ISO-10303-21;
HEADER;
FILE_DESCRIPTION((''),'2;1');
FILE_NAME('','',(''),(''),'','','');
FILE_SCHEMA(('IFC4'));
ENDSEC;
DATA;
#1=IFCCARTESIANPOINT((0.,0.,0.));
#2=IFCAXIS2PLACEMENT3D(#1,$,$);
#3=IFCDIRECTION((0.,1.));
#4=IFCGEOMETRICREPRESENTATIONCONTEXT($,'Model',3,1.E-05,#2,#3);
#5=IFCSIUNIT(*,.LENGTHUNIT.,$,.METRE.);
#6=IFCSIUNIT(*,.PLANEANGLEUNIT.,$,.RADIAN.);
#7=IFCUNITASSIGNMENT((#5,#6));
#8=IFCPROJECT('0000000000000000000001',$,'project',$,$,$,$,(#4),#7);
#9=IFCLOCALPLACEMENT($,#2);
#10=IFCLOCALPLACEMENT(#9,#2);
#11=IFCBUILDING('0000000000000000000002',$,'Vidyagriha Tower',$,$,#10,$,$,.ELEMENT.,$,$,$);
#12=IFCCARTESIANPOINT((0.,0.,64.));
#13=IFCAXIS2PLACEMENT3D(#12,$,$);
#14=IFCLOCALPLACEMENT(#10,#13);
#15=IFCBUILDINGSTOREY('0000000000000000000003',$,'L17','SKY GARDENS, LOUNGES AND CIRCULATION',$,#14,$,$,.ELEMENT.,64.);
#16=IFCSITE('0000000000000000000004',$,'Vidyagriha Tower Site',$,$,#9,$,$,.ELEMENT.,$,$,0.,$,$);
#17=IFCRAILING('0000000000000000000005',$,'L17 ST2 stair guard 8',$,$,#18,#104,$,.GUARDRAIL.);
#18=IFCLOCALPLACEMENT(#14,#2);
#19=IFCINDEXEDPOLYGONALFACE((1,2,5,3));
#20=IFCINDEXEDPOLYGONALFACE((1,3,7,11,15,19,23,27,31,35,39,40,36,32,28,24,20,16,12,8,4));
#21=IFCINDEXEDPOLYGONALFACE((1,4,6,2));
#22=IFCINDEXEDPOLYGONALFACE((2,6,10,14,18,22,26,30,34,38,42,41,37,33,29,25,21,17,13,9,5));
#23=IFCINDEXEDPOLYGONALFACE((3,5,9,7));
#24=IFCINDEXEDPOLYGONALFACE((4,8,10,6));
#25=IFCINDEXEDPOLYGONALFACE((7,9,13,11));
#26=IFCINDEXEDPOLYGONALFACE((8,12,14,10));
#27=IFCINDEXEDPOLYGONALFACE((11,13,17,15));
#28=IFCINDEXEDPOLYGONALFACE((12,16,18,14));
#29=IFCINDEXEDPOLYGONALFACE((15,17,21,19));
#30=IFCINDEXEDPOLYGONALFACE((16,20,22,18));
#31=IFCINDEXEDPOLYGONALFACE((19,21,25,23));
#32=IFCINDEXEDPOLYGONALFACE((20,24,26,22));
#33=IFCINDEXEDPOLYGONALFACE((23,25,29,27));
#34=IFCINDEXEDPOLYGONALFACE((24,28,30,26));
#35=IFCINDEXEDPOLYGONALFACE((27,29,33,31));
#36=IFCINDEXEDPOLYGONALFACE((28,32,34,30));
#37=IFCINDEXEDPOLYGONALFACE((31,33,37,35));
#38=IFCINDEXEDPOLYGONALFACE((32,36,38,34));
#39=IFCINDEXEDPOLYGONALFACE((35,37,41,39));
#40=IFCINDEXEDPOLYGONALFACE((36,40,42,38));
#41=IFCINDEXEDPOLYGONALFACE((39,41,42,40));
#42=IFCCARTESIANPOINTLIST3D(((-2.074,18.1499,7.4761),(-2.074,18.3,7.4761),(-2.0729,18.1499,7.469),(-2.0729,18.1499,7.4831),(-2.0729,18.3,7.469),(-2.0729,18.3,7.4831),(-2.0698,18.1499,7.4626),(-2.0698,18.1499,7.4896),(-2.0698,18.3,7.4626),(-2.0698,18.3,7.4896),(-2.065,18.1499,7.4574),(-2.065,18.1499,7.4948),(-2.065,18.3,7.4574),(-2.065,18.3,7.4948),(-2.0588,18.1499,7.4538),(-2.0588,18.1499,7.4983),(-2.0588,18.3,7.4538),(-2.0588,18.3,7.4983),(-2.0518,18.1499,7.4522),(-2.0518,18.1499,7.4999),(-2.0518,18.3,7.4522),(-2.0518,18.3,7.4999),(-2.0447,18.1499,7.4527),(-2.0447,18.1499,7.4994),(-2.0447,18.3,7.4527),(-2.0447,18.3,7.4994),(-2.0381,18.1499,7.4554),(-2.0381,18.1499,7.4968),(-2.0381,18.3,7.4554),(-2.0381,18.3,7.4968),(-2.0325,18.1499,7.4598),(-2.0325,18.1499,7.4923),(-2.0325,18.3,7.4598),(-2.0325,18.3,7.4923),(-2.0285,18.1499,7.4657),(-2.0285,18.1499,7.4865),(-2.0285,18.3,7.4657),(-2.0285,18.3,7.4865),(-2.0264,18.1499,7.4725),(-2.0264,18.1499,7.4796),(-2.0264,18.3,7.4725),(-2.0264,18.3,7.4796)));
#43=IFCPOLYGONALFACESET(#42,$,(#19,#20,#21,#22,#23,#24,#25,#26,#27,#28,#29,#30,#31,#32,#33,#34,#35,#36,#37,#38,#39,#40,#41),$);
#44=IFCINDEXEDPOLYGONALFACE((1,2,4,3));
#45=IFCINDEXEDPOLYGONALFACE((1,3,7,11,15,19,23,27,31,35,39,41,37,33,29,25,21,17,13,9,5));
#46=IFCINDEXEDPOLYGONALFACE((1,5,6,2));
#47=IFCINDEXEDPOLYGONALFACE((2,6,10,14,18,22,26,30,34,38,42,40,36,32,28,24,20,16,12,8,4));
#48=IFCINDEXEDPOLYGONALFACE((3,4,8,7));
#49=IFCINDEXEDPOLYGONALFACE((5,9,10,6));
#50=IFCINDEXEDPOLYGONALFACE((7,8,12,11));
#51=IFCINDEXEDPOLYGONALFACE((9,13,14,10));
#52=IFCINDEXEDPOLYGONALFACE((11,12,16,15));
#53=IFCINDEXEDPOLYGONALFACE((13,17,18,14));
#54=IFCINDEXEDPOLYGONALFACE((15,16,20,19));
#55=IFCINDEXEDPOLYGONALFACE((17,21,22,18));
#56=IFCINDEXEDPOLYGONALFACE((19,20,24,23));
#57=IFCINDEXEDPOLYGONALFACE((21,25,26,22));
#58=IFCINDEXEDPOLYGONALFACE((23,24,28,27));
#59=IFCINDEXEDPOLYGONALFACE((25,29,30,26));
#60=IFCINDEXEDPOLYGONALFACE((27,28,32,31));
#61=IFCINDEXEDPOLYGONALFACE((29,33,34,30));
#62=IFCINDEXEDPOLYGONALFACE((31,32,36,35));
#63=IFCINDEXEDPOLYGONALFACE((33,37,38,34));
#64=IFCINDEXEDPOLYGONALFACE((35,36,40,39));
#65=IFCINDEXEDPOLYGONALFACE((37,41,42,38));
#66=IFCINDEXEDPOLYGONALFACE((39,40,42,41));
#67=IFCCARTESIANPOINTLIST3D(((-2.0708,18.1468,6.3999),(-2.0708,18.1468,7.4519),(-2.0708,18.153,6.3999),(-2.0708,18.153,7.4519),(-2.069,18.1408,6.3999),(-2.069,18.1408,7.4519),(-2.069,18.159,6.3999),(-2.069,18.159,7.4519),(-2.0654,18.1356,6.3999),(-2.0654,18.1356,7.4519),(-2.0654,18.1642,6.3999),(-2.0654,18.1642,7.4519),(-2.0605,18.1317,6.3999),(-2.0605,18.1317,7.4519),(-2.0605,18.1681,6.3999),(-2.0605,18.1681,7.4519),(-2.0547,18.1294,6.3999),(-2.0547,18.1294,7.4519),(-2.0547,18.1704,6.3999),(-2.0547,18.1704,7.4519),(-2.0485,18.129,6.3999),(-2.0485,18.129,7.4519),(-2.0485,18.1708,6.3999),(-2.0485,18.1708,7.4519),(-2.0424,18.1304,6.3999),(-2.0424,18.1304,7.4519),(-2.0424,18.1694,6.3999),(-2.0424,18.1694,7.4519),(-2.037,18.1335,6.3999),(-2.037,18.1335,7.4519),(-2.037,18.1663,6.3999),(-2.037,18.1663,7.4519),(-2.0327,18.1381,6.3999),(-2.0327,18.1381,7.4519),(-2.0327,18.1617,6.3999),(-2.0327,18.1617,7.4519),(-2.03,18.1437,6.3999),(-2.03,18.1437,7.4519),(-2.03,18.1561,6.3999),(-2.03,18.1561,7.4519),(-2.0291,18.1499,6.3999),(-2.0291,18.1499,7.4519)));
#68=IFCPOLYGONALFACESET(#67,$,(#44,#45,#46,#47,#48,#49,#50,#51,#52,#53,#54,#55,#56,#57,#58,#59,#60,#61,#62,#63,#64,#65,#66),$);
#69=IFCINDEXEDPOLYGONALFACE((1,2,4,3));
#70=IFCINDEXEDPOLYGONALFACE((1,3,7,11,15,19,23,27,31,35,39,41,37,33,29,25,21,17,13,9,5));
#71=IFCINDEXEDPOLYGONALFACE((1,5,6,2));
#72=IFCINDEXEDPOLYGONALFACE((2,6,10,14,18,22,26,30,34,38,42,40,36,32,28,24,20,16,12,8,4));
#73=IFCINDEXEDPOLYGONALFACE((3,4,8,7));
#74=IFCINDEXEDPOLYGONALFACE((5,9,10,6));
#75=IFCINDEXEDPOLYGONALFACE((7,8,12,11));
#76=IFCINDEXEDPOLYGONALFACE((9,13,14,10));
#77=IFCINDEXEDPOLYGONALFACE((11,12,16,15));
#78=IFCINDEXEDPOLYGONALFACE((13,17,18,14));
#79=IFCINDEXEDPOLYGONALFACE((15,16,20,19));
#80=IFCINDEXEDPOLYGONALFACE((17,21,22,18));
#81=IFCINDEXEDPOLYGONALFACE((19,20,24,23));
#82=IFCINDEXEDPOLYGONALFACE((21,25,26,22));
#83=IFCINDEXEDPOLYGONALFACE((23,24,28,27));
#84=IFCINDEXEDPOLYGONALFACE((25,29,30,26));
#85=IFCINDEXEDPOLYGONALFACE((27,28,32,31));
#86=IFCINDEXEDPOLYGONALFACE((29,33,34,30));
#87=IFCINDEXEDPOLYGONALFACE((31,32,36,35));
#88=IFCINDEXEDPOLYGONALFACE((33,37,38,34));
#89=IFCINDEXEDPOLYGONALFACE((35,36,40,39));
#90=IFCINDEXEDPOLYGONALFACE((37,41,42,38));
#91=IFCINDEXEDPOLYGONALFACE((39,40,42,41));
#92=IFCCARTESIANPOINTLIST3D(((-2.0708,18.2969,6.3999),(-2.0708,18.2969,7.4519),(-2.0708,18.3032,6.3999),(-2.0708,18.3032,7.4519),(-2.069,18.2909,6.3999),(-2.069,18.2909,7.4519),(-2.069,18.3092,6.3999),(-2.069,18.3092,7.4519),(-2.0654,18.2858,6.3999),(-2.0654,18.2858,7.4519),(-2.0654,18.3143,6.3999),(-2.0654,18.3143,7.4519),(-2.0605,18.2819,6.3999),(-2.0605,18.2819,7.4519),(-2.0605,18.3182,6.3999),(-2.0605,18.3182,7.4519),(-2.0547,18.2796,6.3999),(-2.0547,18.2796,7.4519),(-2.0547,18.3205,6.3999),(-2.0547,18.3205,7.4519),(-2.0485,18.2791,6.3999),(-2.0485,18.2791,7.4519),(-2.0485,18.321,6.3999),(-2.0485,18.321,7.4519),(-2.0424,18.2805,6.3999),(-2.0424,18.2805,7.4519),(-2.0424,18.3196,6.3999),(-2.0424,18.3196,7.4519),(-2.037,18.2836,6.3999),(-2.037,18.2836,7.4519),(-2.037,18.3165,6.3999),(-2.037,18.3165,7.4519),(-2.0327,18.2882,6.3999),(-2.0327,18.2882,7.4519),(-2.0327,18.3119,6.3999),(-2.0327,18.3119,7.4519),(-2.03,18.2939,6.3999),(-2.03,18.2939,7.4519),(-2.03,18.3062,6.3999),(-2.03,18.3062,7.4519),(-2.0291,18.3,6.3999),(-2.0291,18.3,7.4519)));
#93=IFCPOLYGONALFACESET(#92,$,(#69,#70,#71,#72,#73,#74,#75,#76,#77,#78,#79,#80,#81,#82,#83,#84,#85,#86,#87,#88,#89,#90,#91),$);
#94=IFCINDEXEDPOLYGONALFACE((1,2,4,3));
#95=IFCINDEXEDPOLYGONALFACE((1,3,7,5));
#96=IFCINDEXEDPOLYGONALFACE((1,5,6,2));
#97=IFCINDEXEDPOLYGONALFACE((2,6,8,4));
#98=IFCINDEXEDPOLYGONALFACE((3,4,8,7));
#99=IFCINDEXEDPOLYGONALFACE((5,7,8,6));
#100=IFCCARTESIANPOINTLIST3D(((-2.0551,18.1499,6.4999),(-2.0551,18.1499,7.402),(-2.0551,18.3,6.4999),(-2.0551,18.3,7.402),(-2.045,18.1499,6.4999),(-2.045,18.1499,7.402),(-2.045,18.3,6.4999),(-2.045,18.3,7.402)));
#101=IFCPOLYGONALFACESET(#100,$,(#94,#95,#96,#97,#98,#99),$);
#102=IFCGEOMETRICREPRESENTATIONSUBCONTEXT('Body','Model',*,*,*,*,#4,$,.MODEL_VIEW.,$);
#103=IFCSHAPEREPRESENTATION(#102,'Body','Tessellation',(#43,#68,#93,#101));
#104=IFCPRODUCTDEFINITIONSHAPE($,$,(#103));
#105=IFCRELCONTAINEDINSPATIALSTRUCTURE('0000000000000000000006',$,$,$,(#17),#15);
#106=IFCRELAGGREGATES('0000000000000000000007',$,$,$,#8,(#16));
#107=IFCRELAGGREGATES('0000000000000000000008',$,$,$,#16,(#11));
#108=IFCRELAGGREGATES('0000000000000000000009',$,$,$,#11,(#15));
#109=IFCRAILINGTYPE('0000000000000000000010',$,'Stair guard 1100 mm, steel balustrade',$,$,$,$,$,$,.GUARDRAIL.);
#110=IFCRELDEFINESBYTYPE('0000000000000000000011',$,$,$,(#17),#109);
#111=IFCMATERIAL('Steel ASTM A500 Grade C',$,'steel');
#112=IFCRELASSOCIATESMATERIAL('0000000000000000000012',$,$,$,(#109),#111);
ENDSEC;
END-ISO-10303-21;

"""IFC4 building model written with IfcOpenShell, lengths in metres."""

from ifc_helpers import new_model, si_unit, direction, frame, origin, origin_2d, place, context, subcontext, project, spatial, rectangle, circle, extrude, material, type_object, element, save


model = new_model("IFC4")

# Units and contexts
model_context = context("Model", 3, precision=1e-05, world=origin(), true_north=direction((0.0, 1.0)))
body_context = subcontext(model_context, "Body", "Model", "MODEL_VIEW")
ifc_project = project(units=[si_unit("LENGTHUNIT", "METRE"), si_unit("PLANEANGLEUNIT", "RADIAN")], contexts=[model_context])

# Site, building, storey
site_placement = place(None, origin())
site = spatial("IfcSite", under=ifc_project, at=site_placement, Name="Vidyagriha Tower Site", CompositionType="ELEMENT", RefElevation=0.0)
building_placement = place(site_placement, origin())
building = spatial("IfcBuilding", under=site, at=building_placement, Name="Vidyagriha Tower", CompositionType="ELEMENT")
storey_placement = place(building_placement, frame((0.0, 0.0, 64.0)))
storey = spatial("IfcBuildingStorey", under=building, at=storey_placement, Name="L17", Description="SKY GARDENS, LOUNGES AND CIRCULATION", CompositionType="ELEMENT", Elevation=64.0)

# Railing
ifc_material_1 = material(Name="Steel ASTM A500 Grade C", Category="steel")
railing_type_1 = type_object("IfcRailingType", Name="Stair guard 1100 mm, steel balustrade", PredefinedType="GUARDRAIL", material=ifc_material_1)
railing_1_placement = place(storey_placement, frame((-2.05, 18.1499, 6.3999)))
element("IfcRailing", 1, at=railing_1_placement, inside=storey, type_object=railing_type_1, Name="L17 ST2 stair guard 8", PredefinedType="GUARDRAIL", context=body_context, shape_type="SweptSolid", body=[
    extrude(circle(Radius=0.0239, at=origin_2d()), frame((0.0, 0.0, 1.0762), z_axis=(0.0, 1.0, 0.0), x_axis=(-1.0, 0.0, 0.0)), (0.0, 0.0, 1.0), 0.1501),
    extrude(circle(Radius=0.021, at=origin_2d()), origin(), (0.0, 0.0, 1.0), 1.052),
    extrude(circle(Radius=0.021, at=origin_2d()), frame((0.0, 0.1501, 0.0)), (0.0, 0.0, 1.0), 1.052),
    extrude(rectangle(XDim=0.01, YDim=0.9021, at=origin_2d()), frame((0.0, 0.0, 0.551), z_axis=(0.0, 1.0, 0.0), x_axis=(-1.0, 0.0, 0.0)), (0.0, 0.0, 1.0), 0.1501),
])

save(model, "model.ifc")
